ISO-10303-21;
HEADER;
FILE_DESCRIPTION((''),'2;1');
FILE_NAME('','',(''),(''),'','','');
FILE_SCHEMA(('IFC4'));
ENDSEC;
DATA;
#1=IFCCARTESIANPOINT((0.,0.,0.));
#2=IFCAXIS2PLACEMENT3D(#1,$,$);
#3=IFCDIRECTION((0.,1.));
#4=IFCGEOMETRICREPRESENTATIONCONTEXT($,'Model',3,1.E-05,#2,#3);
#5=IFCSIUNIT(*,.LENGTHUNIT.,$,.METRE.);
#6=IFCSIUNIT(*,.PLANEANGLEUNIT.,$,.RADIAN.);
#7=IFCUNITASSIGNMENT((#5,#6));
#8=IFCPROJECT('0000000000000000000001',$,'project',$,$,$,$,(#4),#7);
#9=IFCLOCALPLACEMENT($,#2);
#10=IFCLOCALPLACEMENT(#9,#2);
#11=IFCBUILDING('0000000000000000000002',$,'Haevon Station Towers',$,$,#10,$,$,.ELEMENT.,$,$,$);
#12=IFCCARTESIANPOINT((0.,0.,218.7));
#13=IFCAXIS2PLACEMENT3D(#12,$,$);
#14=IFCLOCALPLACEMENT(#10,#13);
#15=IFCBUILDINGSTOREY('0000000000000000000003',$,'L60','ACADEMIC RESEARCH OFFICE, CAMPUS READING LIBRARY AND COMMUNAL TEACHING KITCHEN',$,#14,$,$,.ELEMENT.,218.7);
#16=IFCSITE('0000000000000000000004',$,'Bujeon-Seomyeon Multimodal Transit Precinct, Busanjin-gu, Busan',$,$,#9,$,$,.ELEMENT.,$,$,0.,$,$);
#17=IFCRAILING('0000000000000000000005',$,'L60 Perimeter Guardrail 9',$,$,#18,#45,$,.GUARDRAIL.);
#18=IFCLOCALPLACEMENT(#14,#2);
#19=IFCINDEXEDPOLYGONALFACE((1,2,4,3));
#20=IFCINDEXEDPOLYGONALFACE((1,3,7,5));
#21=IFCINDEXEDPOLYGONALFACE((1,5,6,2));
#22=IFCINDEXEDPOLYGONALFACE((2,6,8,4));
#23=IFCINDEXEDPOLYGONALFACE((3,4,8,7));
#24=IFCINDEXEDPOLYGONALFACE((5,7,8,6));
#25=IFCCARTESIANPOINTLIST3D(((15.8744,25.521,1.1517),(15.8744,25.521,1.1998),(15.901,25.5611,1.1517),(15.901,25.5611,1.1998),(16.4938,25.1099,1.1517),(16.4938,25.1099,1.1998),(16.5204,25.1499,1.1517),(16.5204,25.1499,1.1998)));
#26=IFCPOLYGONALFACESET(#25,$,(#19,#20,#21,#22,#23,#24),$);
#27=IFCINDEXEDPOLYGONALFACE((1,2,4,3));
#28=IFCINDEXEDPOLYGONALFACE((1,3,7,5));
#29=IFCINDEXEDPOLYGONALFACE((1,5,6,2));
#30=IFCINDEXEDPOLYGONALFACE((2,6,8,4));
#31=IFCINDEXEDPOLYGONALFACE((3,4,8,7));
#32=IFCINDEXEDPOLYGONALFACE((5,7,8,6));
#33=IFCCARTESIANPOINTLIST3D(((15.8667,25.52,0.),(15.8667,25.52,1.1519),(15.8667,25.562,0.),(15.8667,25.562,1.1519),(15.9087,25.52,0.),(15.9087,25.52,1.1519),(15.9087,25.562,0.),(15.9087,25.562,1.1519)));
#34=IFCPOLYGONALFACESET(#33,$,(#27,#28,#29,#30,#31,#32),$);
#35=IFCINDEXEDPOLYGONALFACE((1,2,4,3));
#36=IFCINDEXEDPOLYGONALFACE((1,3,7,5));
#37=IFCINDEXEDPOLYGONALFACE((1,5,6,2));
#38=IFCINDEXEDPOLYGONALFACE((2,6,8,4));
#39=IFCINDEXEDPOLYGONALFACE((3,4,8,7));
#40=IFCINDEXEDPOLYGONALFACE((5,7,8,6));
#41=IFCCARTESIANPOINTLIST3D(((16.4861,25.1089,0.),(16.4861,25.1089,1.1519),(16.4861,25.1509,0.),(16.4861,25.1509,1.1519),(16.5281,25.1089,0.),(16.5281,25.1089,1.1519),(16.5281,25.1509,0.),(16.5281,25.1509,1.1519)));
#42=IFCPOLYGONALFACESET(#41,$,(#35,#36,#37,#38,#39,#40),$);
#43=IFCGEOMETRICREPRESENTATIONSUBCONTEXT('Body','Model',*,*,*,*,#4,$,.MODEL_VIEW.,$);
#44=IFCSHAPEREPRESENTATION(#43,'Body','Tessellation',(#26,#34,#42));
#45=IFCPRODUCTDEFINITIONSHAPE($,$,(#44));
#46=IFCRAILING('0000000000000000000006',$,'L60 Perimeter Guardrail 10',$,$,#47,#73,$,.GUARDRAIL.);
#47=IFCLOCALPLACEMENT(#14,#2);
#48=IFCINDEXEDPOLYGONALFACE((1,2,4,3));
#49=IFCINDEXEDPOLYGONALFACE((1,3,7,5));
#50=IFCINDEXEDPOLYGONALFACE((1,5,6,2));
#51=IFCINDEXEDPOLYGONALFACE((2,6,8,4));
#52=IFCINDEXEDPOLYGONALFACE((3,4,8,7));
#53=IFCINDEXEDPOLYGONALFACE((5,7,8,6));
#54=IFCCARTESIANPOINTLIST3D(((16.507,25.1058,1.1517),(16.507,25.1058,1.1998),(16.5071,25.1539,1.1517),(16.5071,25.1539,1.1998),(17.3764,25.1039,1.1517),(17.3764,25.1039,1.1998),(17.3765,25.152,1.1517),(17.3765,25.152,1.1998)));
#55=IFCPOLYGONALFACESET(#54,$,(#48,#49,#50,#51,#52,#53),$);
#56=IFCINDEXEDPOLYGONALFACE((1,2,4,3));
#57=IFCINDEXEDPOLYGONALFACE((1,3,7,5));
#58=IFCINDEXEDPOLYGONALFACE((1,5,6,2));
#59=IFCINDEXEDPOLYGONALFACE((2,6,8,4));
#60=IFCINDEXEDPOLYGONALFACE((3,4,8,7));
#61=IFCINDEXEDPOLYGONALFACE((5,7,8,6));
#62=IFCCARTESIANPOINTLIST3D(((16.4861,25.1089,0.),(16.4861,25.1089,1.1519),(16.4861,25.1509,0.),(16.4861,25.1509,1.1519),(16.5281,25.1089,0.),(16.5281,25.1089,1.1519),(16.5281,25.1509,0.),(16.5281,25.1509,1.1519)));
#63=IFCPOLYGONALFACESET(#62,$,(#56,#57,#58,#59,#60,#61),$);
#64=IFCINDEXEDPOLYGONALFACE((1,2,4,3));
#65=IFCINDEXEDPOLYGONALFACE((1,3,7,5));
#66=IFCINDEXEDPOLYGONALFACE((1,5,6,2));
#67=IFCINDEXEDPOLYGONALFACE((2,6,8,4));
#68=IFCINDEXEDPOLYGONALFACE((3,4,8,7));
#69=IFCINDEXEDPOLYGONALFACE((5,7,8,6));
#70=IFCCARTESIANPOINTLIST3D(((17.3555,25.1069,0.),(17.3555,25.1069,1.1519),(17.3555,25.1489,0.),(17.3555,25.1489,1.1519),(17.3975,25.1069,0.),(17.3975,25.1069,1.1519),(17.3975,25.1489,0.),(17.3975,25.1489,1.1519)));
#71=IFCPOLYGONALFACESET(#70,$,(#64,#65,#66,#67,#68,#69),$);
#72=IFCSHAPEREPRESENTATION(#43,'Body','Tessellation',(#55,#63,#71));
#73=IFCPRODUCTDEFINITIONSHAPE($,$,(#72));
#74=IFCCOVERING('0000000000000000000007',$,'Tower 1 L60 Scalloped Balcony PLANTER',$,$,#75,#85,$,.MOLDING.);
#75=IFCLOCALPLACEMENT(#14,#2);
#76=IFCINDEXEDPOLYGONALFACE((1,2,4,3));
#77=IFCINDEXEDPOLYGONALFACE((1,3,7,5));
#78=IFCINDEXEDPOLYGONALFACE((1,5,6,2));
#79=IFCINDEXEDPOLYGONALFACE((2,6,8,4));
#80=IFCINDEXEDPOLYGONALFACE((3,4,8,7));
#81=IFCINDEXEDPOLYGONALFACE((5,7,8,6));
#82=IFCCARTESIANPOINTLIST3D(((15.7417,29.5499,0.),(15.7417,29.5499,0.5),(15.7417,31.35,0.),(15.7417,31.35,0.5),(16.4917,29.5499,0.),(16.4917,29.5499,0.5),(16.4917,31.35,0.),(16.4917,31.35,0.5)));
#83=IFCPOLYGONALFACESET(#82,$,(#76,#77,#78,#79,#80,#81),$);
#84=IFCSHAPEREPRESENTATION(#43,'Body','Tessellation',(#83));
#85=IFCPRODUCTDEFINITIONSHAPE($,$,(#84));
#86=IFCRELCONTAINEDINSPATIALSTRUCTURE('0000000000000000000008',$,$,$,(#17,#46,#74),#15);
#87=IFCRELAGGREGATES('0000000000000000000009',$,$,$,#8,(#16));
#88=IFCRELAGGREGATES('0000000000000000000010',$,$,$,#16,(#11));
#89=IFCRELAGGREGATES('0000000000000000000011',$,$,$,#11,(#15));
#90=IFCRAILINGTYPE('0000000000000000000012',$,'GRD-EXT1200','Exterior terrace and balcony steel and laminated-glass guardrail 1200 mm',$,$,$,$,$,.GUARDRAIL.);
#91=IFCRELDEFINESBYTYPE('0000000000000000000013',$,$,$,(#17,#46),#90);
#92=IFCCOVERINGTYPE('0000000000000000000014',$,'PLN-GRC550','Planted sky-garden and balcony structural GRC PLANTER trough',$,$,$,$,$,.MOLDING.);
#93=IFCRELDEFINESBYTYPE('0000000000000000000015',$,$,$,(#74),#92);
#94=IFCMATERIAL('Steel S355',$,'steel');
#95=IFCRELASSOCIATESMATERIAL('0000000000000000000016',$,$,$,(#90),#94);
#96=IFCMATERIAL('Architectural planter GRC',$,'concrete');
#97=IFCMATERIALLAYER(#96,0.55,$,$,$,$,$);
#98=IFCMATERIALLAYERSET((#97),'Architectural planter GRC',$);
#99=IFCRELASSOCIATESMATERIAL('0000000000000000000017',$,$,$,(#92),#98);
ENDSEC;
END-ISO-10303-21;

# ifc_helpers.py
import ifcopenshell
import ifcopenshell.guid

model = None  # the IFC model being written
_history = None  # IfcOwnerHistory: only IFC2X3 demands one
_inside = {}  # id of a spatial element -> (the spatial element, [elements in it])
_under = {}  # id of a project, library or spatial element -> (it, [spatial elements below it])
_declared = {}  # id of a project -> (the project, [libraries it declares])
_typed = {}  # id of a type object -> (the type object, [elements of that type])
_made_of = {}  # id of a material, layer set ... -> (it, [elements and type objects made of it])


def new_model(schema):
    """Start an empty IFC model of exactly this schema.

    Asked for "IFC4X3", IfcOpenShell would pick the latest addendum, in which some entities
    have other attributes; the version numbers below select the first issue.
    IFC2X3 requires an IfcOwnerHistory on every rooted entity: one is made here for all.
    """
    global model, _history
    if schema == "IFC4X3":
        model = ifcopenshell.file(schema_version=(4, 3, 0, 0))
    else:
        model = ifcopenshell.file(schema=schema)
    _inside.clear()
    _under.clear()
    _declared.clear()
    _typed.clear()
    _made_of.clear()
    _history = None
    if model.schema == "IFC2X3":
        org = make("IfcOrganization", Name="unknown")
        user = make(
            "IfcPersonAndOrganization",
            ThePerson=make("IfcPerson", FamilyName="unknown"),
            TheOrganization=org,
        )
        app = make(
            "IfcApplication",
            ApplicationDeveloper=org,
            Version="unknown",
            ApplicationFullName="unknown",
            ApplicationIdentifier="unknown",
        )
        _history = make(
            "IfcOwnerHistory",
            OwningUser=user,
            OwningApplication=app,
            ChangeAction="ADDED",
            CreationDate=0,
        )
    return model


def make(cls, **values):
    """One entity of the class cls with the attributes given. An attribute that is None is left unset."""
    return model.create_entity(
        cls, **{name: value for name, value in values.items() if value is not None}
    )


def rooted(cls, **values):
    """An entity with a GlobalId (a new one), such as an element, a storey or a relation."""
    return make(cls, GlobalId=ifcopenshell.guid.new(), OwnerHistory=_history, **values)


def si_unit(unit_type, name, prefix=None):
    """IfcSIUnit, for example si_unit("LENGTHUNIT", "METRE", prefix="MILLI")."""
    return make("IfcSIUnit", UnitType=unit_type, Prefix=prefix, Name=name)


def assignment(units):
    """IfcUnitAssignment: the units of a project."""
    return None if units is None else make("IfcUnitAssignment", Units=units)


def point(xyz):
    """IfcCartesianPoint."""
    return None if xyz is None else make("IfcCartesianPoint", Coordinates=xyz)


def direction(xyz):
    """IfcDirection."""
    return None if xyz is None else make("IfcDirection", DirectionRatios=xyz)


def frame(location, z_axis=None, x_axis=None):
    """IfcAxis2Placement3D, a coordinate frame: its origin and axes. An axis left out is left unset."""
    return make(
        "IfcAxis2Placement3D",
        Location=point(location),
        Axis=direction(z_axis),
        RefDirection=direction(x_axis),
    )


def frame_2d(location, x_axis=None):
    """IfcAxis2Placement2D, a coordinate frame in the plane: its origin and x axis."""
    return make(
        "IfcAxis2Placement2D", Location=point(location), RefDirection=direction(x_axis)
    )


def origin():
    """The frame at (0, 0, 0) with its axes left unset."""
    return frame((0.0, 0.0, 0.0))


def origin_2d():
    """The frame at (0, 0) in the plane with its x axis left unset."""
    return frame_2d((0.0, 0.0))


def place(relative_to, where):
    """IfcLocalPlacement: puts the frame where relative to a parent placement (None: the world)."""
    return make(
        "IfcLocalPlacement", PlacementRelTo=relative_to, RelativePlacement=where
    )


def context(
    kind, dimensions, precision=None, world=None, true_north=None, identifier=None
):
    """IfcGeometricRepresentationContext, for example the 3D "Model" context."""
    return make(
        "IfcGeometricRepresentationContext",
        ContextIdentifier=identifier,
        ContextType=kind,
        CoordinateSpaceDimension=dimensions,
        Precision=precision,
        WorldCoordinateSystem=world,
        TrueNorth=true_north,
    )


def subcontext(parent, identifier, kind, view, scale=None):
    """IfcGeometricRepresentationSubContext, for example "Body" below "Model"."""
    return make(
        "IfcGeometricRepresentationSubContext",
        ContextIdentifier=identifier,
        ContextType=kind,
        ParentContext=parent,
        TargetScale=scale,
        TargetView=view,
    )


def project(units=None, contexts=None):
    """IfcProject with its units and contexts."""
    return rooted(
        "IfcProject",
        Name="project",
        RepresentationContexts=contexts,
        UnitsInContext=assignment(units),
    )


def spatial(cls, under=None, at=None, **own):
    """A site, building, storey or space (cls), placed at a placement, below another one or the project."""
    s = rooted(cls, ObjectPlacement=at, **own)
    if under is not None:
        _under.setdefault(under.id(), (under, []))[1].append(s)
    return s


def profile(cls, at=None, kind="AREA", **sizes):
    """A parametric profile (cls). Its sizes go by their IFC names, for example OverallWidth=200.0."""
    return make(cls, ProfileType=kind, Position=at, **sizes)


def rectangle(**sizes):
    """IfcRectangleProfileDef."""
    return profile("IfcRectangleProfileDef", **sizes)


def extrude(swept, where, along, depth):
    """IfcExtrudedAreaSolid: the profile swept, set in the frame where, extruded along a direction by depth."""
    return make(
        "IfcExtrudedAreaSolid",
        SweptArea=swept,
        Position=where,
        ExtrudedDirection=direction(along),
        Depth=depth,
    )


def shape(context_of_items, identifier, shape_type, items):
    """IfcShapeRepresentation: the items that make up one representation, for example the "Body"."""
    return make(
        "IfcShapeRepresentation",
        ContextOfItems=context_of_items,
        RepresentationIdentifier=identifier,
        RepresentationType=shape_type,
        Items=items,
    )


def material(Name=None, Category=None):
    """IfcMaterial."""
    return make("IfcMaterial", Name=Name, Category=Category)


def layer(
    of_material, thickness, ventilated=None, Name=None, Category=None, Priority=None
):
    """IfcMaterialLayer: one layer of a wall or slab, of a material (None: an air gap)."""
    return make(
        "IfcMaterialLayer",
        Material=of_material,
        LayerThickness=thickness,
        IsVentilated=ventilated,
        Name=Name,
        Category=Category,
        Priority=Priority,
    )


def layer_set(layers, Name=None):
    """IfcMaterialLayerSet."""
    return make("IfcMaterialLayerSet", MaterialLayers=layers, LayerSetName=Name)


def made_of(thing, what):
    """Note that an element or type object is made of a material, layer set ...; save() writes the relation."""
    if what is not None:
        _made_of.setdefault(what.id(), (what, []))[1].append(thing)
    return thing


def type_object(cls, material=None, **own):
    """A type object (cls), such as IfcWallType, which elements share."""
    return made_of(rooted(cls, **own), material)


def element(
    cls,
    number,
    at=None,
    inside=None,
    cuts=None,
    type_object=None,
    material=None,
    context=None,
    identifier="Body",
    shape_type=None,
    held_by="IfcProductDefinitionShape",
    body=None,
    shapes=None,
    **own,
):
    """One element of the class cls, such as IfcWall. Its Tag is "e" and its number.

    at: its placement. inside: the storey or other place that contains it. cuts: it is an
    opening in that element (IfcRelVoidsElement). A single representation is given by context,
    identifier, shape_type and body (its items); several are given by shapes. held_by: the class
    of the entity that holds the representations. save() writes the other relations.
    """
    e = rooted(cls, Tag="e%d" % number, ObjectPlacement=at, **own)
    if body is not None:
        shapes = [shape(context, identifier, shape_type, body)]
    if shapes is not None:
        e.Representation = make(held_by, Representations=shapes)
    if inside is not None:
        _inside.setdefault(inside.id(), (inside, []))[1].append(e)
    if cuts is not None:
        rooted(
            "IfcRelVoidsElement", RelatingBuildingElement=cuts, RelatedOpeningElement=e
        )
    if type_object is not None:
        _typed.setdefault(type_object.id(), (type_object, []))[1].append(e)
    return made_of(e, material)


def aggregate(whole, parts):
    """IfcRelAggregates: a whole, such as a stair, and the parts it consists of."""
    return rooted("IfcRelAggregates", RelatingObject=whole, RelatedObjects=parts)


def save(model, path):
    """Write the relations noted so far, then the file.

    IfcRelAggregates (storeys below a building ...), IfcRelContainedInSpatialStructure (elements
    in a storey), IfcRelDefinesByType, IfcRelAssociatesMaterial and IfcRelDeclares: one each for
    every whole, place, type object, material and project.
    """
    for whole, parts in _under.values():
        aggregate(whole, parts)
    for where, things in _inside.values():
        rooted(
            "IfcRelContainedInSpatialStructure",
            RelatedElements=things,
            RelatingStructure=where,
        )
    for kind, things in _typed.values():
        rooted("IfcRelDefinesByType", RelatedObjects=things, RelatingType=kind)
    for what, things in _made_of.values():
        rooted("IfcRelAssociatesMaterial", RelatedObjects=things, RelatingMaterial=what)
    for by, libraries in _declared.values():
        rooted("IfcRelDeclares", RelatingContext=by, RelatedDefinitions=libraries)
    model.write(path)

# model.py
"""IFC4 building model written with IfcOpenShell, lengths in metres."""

from ifc_helpers import new_model, si_unit, direction, frame, origin, origin_2d, place, context, subcontext, project, spatial, rectangle, extrude, material, layer, layer_set, type_object, element, save


model = new_model("IFC4")

# Units and contexts
model_context = context("Model", 3, precision=1e-05, world=origin(), true_north=direction((0.0, 1.0)))
body_context = subcontext(model_context, "Body", "Model", "MODEL_VIEW")
ifc_project = project(units=[si_unit("LENGTHUNIT", "METRE"), si_unit("PLANEANGLEUNIT", "RADIAN")], contexts=[model_context])

# Site, building, storey
site_placement = place(None, origin())
site = spatial("IfcSite", under=ifc_project, at=site_placement, Name="Bujeon-Seomyeon Multimodal Transit Precinct, Busanjin-gu, Busan", CompositionType="ELEMENT", RefElevation=0.0)
building_placement = place(site_placement, origin())
building = spatial("IfcBuilding", under=site, at=building_placement, Name="Haevon Station Towers", CompositionType="ELEMENT")
storey_placement = place(building_placement, frame((0.0, 0.0, 218.7)))
storey = spatial("IfcBuildingStorey", under=building, at=storey_placement, Name="L60", Description="ACADEMIC RESEARCH OFFICE, CAMPUS READING LIBRARY AND COMMUNAL TEACHING KITCHEN", CompositionType="ELEMENT", Elevation=218.7)

# Shared definitions
ifc_material_1 = material(Name="Steel S355", Category="steel")

# Railings
railing_type = type_object("IfcRailingType", Name="GRD-EXT1200", Description="Exterior terrace and balcony steel and laminated-glass guardrail 1200 mm", PredefinedType="GUARDRAIL", material=ifc_material_1)
railing_1_placement = place(storey_placement, frame((15.8877, 25.541, 0.0)))
element("IfcRailing", 1, at=railing_1_placement, inside=storey, type_object=railing_type, Name="L60 Perimeter Guardrail 9", PredefinedType="GUARDRAIL", context=body_context, shape_type="SweptSolid", body=[
    extrude(rectangle(XDim=0.0481, YDim=0.0481, at=origin_2d()), frame((0.0, 0.0, 1.1758), z_axis=(0.83316, -0.553032, 0.0), x_axis=(0.553032, 0.83316, 0.0)), (0.0, 0.0, 1.0), 0.7434),
    extrude(rectangle(XDim=0.042, YDim=0.042, at=origin_2d()), origin(), (0.0, 0.0, 1.0), 1.1519),
    extrude(rectangle(XDim=0.042, YDim=0.042, at=origin_2d()), frame((0.6194, -0.4111, 0.0)), (0.0, 0.0, 1.0), 1.1519),
])
railing_2_placement = place(storey_placement, frame((16.5071, 25.1299, 0.0)))
element("IfcRailing", 2, at=railing_2_placement, inside=storey, type_object=railing_type, Name="L60 Perimeter Guardrail 10", PredefinedType="GUARDRAIL", context=body_context, shape_type="SweptSolid", body=[
    extrude(rectangle(XDim=0.0481, YDim=0.0481, at=origin_2d()), frame((0.0, 0.0, 1.1758), z_axis=(0.999997, -0.002247, 0.0), x_axis=(0.002247, 0.999997, 0.0)), (0.0, 0.0, 1.0), 0.8694),
    extrude(rectangle(XDim=0.042, YDim=0.042, at=origin_2d()), origin(), (0.0, 0.0, 1.0), 1.1519),
    extrude(rectangle(XDim=0.042, YDim=0.042, at=origin_2d()), frame((0.8694, -0.002, 0.0)), (0.0, 0.0, 1.0), 1.1519),
])

# Covering
ifc_material_2 = material(Name="Architectural planter GRC", Category="concrete")
ifc_layer_1 = layer(ifc_material_2, 0.55)
ifc_layer_set_1 = layer_set([ifc_layer_1], Name="Architectural planter GRC")
covering_type = type_object("IfcCoveringType", Name="PLN-GRC550", Description="Planted sky-garden and balcony structural GRC PLANTER trough", PredefinedType="MOLDING", material=ifc_layer_set_1)
covering_placement = place(storey_placement, frame((16.1167, 30.45, 0.0), z_axis=(0.0, 0.0, 1.0), x_axis=(1.0, 0.0, 0.0)))
element("IfcCovering", 3, at=covering_placement, inside=storey, type_object=covering_type, Name="Tower 1 L60 Scalloped Balcony PLANTER", PredefinedType="MOLDING", context=body_context, shape_type="SweptSolid", body=[
    extrude(rectangle(XDim=0.75, YDim=1.8, at=origin_2d()), origin(), (0.0, 0.0, 1.0), 0.5),
])

save(model, "model.ifc")
